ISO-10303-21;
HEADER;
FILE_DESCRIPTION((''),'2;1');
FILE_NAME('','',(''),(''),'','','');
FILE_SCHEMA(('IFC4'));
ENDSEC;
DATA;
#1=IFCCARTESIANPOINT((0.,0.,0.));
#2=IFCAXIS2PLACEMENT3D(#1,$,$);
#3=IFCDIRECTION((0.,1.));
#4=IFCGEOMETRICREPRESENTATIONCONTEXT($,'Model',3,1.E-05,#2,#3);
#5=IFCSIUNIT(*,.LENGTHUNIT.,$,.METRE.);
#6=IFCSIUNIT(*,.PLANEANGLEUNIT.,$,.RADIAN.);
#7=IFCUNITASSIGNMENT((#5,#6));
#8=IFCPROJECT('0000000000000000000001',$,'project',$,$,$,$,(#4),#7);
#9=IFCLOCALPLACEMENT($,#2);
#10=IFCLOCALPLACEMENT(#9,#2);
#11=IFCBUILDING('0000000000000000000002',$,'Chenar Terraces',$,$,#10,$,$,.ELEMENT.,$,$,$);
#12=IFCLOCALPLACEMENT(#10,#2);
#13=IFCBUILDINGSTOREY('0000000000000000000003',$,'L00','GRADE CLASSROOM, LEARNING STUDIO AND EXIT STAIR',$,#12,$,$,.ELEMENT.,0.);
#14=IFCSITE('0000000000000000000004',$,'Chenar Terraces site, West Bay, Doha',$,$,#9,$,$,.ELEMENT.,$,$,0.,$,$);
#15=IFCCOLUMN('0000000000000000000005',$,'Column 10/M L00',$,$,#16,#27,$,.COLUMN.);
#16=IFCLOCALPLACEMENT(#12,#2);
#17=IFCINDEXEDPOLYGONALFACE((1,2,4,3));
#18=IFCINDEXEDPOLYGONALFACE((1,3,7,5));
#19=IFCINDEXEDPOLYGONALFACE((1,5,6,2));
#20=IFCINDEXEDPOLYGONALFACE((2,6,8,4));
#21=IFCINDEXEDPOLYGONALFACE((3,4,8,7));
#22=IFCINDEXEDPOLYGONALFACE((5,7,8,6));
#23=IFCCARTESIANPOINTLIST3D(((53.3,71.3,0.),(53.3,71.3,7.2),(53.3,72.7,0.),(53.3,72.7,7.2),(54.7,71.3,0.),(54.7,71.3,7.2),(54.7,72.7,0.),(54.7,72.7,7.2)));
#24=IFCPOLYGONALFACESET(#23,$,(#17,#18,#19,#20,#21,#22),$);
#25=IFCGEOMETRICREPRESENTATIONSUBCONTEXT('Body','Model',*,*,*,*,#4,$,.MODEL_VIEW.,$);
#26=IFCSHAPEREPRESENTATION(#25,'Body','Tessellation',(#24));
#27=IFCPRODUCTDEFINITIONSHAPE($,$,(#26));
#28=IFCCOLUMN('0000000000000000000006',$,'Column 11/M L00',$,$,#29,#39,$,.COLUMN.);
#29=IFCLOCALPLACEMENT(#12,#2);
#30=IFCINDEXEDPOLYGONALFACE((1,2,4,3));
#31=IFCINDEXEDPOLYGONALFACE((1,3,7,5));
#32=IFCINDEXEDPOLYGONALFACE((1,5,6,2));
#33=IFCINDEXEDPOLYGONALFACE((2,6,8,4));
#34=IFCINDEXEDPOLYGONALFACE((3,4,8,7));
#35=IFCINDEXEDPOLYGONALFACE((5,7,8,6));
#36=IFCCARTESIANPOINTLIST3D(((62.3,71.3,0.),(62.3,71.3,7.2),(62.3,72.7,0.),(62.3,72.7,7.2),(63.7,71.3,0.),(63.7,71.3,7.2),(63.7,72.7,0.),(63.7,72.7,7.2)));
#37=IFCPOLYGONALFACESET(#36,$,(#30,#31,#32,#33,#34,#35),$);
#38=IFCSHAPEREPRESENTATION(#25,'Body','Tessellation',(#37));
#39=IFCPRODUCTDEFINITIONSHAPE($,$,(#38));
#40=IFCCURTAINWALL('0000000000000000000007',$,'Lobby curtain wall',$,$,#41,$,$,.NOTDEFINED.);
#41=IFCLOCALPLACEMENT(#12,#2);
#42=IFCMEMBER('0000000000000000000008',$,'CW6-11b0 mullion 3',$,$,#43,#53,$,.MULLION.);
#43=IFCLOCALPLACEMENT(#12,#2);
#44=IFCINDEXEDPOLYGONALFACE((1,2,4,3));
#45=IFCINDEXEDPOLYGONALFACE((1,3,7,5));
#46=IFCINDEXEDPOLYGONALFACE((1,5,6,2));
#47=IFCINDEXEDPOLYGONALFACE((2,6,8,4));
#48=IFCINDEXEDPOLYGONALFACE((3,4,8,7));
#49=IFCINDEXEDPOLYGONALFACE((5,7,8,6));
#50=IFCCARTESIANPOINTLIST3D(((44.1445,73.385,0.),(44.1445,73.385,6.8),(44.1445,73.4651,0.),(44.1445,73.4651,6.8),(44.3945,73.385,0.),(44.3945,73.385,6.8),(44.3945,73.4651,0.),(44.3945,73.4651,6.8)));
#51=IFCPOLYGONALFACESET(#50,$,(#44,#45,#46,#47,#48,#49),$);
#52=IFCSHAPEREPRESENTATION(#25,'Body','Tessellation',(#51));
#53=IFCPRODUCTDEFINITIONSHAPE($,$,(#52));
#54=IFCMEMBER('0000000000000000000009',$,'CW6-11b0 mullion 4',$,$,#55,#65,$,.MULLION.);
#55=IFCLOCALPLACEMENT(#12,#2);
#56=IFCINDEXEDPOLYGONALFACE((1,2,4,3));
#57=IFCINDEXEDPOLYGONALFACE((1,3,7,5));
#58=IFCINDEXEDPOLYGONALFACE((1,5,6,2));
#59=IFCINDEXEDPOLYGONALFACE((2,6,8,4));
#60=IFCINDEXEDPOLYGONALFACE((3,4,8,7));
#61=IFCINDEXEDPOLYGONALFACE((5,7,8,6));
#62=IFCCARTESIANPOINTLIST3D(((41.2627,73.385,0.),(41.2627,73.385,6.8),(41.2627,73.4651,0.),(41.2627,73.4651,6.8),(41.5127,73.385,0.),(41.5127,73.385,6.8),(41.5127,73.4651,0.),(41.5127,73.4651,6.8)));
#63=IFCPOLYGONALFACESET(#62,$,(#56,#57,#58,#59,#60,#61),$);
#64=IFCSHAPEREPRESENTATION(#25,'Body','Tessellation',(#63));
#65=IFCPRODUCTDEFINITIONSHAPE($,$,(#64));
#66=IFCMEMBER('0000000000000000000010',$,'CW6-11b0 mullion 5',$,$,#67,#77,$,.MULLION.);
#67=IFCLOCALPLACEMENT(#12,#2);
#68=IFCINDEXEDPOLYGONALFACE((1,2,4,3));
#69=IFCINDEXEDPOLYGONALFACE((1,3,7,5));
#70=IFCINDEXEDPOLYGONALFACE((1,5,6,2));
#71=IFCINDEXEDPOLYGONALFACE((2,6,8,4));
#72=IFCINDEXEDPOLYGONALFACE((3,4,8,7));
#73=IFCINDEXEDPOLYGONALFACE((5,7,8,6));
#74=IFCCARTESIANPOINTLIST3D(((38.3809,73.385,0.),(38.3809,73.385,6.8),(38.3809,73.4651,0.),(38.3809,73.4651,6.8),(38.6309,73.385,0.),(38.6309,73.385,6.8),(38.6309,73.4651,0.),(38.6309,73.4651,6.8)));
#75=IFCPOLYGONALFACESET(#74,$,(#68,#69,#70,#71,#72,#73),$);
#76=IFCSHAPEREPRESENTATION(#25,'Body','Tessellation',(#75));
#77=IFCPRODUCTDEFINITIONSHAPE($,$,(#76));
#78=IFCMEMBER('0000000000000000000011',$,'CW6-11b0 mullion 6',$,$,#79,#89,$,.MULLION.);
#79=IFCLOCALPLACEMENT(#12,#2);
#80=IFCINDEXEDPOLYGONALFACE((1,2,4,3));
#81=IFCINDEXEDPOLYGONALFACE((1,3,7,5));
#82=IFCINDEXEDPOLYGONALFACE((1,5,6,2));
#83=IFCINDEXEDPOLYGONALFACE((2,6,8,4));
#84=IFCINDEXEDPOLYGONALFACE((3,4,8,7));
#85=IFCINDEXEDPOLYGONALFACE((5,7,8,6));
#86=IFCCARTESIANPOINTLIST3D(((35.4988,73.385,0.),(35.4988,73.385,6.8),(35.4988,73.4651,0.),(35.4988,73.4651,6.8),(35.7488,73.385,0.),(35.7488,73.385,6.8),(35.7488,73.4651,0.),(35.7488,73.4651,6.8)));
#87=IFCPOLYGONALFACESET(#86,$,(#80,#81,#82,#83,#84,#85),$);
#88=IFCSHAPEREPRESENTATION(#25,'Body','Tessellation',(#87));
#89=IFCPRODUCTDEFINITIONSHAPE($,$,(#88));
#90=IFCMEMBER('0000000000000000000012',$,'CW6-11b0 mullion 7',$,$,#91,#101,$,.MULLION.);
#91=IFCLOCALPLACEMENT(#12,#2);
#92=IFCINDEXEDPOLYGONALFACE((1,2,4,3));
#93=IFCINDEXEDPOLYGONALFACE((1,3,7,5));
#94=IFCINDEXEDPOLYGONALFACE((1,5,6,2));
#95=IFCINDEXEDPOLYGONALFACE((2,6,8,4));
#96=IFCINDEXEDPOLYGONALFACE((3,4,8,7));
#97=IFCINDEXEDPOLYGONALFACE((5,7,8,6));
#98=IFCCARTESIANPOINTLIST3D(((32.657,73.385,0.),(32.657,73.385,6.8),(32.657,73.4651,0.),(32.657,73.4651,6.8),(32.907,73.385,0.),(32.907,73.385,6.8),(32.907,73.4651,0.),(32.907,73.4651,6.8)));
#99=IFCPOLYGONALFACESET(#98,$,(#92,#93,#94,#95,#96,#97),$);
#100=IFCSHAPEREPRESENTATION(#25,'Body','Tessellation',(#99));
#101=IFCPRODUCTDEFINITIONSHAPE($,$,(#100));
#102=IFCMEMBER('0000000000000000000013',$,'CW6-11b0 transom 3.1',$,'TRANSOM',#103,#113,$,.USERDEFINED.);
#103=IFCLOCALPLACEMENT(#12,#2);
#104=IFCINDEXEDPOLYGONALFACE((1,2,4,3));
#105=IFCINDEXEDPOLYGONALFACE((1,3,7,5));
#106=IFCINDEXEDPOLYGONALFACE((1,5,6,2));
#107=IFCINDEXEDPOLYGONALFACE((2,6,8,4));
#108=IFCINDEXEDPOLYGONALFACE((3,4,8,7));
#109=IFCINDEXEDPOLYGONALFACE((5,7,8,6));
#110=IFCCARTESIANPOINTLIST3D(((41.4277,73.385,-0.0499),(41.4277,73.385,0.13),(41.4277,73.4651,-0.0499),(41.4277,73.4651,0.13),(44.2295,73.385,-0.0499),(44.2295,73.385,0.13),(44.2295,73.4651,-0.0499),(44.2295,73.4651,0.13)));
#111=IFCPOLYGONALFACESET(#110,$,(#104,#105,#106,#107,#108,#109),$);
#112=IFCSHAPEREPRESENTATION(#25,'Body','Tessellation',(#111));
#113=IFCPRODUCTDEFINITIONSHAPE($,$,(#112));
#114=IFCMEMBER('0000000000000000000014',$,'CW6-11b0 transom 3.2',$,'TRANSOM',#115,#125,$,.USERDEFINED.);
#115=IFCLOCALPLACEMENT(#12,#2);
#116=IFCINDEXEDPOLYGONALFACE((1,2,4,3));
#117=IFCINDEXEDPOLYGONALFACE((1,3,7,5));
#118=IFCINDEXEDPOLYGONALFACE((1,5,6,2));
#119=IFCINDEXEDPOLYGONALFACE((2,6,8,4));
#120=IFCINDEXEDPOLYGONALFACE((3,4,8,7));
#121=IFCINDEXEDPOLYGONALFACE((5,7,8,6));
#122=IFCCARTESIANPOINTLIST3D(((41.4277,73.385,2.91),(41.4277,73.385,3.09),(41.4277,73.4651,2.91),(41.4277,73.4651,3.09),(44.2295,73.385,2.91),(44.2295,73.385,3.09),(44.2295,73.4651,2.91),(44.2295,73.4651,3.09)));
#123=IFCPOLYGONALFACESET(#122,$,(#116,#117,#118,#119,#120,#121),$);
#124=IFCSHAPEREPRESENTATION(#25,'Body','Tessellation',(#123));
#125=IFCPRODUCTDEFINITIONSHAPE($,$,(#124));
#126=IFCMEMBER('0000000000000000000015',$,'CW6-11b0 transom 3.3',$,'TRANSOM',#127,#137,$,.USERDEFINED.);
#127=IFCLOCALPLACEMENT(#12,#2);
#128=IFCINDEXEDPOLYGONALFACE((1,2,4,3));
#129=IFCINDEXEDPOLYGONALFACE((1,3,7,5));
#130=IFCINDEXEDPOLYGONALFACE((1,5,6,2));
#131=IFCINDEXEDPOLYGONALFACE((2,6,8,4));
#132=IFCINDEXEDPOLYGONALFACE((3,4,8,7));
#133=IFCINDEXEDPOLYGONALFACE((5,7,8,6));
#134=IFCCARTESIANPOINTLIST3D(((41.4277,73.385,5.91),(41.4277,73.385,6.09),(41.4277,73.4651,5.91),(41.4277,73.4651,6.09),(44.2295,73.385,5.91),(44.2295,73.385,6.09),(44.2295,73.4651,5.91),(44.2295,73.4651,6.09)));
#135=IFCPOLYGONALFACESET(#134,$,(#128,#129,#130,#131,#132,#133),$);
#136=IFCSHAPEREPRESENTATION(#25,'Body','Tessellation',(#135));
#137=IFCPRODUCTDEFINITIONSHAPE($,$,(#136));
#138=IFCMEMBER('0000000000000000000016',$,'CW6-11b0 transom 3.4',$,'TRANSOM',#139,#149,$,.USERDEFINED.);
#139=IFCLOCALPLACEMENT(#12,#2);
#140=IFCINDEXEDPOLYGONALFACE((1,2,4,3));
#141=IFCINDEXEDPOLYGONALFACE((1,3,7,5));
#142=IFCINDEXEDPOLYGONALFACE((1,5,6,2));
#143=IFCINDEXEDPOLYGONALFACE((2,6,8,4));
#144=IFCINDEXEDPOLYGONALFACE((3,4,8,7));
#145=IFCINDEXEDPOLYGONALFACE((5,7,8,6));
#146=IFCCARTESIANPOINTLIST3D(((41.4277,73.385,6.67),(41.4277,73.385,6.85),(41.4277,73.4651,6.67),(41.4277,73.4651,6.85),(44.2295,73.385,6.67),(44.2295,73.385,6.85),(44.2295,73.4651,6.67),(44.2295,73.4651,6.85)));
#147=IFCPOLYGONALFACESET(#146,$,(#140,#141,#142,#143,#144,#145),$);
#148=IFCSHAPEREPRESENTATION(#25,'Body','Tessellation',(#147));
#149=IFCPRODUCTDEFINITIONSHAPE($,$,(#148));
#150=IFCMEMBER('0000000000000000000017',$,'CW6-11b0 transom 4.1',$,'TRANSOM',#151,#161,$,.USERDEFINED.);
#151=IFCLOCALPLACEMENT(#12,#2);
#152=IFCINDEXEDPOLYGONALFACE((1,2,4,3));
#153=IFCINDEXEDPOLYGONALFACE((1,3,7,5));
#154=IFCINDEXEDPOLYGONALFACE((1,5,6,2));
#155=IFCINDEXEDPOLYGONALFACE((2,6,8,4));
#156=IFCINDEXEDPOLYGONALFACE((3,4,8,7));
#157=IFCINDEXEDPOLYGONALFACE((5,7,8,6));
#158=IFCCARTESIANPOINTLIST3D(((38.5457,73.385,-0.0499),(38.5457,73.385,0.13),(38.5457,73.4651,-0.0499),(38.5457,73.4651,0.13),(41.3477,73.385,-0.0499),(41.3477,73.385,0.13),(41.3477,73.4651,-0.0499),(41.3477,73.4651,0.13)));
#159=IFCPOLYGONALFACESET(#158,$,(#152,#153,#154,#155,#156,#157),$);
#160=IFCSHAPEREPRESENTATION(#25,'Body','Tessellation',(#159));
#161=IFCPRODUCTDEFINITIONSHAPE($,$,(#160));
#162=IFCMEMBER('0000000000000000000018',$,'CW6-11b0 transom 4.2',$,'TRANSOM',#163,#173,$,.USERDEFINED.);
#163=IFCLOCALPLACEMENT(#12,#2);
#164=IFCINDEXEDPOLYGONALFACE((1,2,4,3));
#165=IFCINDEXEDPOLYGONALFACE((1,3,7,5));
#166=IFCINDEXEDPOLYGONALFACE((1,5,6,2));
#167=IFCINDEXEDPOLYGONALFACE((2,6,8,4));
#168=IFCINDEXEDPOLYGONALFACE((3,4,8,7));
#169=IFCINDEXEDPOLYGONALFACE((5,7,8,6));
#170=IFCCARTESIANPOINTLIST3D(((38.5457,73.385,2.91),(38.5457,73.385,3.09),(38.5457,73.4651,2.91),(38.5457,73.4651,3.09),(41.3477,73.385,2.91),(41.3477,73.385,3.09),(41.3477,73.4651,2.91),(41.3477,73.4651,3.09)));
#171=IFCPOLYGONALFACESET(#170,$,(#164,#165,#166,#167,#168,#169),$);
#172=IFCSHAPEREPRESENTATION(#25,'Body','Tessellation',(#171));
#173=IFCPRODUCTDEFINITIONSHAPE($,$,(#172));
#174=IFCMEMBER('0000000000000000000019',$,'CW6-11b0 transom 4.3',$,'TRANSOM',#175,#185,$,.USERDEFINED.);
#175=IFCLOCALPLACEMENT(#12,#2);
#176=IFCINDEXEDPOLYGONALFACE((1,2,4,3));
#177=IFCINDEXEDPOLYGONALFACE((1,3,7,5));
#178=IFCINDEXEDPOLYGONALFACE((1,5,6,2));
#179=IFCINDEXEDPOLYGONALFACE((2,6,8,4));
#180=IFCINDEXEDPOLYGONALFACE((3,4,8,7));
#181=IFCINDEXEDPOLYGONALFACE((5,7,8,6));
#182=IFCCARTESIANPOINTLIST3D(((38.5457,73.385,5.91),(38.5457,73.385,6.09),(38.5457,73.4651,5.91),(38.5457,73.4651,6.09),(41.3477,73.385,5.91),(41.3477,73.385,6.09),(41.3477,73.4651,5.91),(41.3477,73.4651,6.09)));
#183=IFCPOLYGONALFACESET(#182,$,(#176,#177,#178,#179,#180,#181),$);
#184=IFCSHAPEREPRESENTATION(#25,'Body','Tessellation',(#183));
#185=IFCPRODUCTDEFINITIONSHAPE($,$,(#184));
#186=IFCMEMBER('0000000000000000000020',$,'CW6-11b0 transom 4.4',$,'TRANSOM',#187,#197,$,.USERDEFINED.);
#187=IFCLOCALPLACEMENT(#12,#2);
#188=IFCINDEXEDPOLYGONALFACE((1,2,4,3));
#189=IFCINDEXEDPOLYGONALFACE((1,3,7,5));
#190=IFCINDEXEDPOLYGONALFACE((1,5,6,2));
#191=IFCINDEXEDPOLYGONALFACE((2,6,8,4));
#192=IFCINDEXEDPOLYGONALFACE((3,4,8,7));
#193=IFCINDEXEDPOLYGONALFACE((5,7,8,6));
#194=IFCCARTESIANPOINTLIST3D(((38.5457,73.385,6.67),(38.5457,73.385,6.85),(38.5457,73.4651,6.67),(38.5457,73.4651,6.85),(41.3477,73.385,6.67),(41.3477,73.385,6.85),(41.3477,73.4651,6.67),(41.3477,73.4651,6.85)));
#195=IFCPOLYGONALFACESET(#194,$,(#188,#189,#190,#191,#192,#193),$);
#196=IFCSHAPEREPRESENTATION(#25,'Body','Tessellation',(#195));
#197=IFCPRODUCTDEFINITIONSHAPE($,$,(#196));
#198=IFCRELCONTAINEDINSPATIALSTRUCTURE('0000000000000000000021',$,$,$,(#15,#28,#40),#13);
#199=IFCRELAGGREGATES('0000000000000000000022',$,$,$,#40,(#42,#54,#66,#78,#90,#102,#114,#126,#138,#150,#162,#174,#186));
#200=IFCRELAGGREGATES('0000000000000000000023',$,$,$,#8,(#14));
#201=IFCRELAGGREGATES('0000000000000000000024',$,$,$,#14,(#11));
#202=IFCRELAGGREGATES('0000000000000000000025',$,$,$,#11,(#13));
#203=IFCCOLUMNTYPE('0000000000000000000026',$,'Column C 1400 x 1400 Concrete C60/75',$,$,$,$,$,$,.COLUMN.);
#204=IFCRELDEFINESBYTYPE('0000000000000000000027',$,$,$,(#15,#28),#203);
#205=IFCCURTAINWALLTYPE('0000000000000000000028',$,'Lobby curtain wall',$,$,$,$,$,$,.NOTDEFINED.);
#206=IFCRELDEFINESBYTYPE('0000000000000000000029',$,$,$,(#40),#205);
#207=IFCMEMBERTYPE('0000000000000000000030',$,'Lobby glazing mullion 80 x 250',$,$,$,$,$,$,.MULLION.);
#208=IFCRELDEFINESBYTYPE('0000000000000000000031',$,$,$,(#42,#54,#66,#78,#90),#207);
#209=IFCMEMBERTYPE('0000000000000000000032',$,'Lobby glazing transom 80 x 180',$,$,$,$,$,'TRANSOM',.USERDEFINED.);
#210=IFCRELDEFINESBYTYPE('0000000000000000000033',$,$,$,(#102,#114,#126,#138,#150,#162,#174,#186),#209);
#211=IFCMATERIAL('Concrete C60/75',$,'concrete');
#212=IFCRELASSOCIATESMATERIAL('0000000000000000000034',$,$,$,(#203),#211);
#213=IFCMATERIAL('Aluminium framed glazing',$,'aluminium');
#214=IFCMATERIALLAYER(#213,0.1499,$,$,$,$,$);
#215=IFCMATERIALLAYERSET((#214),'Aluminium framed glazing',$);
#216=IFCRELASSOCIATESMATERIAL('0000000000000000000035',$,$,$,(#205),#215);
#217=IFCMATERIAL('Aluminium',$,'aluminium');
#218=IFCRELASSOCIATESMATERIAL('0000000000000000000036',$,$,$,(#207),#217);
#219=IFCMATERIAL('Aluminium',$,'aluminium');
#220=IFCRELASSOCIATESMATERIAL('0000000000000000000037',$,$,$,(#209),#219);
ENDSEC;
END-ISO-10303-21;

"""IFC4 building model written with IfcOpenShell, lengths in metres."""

from ifc_helpers import new_model, si_unit, direction, frame, origin, origin_2d, place, context, subcontext, project, spatial, rectangle, extrude, material, layer, layer_set, material_profile, profile_set, type_object, element, aggregate, save


model = new_model("IFC4")

# Units and contexts
model_context = context("Model", 3, precision=1e-05, world=origin(), true_north=direction((0.0, 1.0)))
body_context = subcontext(model_context, "Body", "Model", "MODEL_VIEW")
ifc_project = project(units=[si_unit("LENGTHUNIT", "METRE"), si_unit("PLANEANGLEUNIT", "RADIAN")], contexts=[model_context])

# Site, building, storey
site_placement = place(None, origin())
site = spatial("IfcSite", under=ifc_project, at=site_placement, Name="Chenar Terraces site, West Bay, Doha", CompositionType="ELEMENT", RefElevation=0.0)
building_placement = place(site_placement, origin())
building = spatial("IfcBuilding", under=site, at=building_placement, Name="Chenar Terraces", CompositionType="ELEMENT")
storey_placement = place(building_placement, origin())
storey = spatial("IfcBuildingStorey", under=building, at=storey_placement, Name="L00", Description="GRADE CLASSROOM, LEARNING STUDIO AND EXIT STAIR", CompositionType="ELEMENT", Elevation=0.0)

# Columns
ifc_material_1 = material(Name="Concrete C60/75", Category="concrete")
ifc_material_profile_1 = material_profile(ifc_material_1, rectangle(XDim=1.3999, YDim=1.3999, at=origin_2d()), Name="C 1400 x 1400")
ifc_profile_set_1 = profile_set([ifc_material_profile_1], Name="Concrete C60/75")
column_type = type_object("IfcColumnType", Name="Column C 1400 x 1400 Concrete C60/75", PredefinedType="COLUMN", material=ifc_profile_set_1)
for number, where, z_axis, x_axis, name in (
    (1, (54.0, 72.0, 0.0), (0.0, 0.0, 1.0), (1.0, 0.0, 0.0), "Column 10/M L00"),
    (2, (63.0, 72.0, 0.0), (0.0, 0.0, 1.0), (1.0, 0.0, 0.0), "Column 11/M L00"),
):
    element("IfcColumn", number, at=place(storey_placement, frame(where, z_axis=z_axis, x_axis=x_axis)), inside=storey, type_object=column_type, Name=name, PredefinedType="COLUMN", context=body_context, shape_type="SweptSolid", body=[
        extrude(rectangle(XDim=1.3999, YDim=1.3999, at=origin_2d()), origin(), (0.0, 0.0, 1.0), 7.2),
    ])

# Curtain wall, members
ifc_material_2 = material(Name="Aluminium framed glazing", Category="aluminium")
ifc_layer_1 = layer(ifc_material_2, 0.1499)
ifc_layer_set_1 = layer_set([ifc_layer_1], Name="Aluminium framed glazing")
curtain_wall_type = type_object("IfcCurtainWallType", Name="Lobby curtain wall", PredefinedType="NOTDEFINED", material=ifc_layer_set_1)
curtain_wall_placement = place(storey_placement, origin())
curtain_wall = element("IfcCurtainWall", 3, at=curtain_wall_placement, inside=storey, type_object=curtain_wall_type, Name="Lobby curtain wall", PredefinedType="NOTDEFINED")
ifc_material_3 = material(Name="Aluminium", Category="aluminium")
ifc_material_profile_2 = material_profile(ifc_material_3, rectangle(XDim=0.0801, YDim=0.25, at=origin_2d()), Name="Lobby glazing mullion 80 x 250")
ifc_profile_set_2 = profile_set([ifc_material_profile_2], Name="Aluminium")
member_type_1 = type_object("IfcMemberType", Name="Lobby glazing mullion 80 x 250", PredefinedType="MULLION", material=ifc_profile_set_2)
member_1_placement = place(storey_placement, frame((44.2695, 73.425, 0.0), z_axis=(0.0, 0.0, 1.0), x_axis=(0.0, -1.0, 0.0)))
member_1 = element("IfcMember", 4, at=member_1_placement, type_object=member_type_1, Name="CW6-11b0 mullion 3", PredefinedType="MULLION", context=body_context, shape_type="SweptSolid", body=[
    extrude(rectangle(XDim=0.0801, YDim=0.25, at=origin_2d()), origin(), (0.0, 0.0, 1.0), 6.8),
])
member_2_placement = place(storey_placement, frame((41.3877, 73.425, 0.0), z_axis=(0.0, 0.0, 1.0), x_axis=(0.0, -1.0, 0.0)))
member_2 = element("IfcMember", 5, at=member_2_placement, type_object=member_type_1, Name="CW6-11b0 mullion 4", PredefinedType="MULLION", context=body_context, shape_type="SweptSolid", body=[
    extrude(rectangle(XDim=0.0801, YDim=0.25, at=origin_2d()), origin(), (0.0, 0.0, 1.0), 6.8),
])
member_3_placement = place(storey_placement, frame((38.5059, 73.425, 0.0), z_axis=(0.0, 0.0, 1.0), x_axis=(0.0, -1.0, 0.0)))
member_3 = element("IfcMember", 6, at=member_3_placement, type_object=member_type_1, Name="CW6-11b0 mullion 5", PredefinedType="MULLION", context=body_context, shape_type="SweptSolid", body=[
    extrude(rectangle(XDim=0.0801, YDim=0.25, at=origin_2d()), origin(), (0.0, 0.0, 1.0), 6.8),
])
member_4_placement = place(storey_placement, frame((35.6238, 73.425, 0.0), z_axis=(0.0, 0.0, 1.0), x_axis=(0.0, -1.0, 0.0)))
member_4 = element("IfcMember", 7, at=member_4_placement, type_object=member_type_1, Name="CW6-11b0 mullion 6", PredefinedType="MULLION", context=body_context, shape_type="SweptSolid", body=[
    extrude(rectangle(XDim=0.0801, YDim=0.25, at=origin_2d()), origin(), (0.0, 0.0, 1.0), 6.8),
])
member_5_placement = place(storey_placement, frame((32.782, 73.425, 0.0), z_axis=(0.0, 0.0, 1.0), x_axis=(0.0, -1.0, 0.0)))
member_5 = element("IfcMember", 8, at=member_5_placement, type_object=member_type_1, Name="CW6-11b0 mullion 7", PredefinedType="MULLION", context=body_context, shape_type="SweptSolid", body=[
    extrude(rectangle(XDim=0.0801, YDim=0.25, at=origin_2d()), origin(), (0.0, 0.0, 1.0), 6.8),
])
ifc_material_4 = material(Name="Aluminium", Category="aluminium")
ifc_material_profile_3 = material_profile(ifc_material_4, rectangle(XDim=0.0801, YDim=0.1799, at=origin_2d()), Name="Lobby glazing transom 80 x 180")
ifc_profile_set_3 = profile_set([ifc_material_profile_3], Name="Aluminium")
member_type_2 = type_object("IfcMemberType", Name="Lobby glazing transom 80 x 180", ElementType="TRANSOM", PredefinedType="USERDEFINED", material=ifc_profile_set_3)
member_6_placement = place(storey_placement, frame((44.2295, 73.425, 0.04), z_axis=(-1.0, 0.0, 0.0), x_axis=(0.0, -1.0, 0.0)))
member_6 = element("IfcMember", 9, at=member_6_placement, type_object=member_type_2, Name="CW6-11b0 transom 3.1", ObjectType="TRANSOM", PredefinedType="USERDEFINED", context=body_context, shape_type="SweptSolid", body=[
    extrude(rectangle(XDim=0.0801, YDim=0.1799, at=origin_2d()), origin(), (0.0, 0.0, 1.0), 2.8018),
])
member_7_placement = place(storey_placement, frame((44.2295, 73.425, 3.0), z_axis=(-1.0, 0.0, 0.0), x_axis=(0.0, -1.0, 0.0)))
member_7 = element("IfcMember", 10, at=member_7_placement, type_object=member_type_2, Name="CW6-11b0 transom 3.2", ObjectType="TRANSOM", PredefinedType="USERDEFINED", context=body_context, shape_type="SweptSolid", body=[
    extrude(rectangle(XDim=0.0801, YDim=0.1799, at=origin_2d()), origin(), (0.0, 0.0, 1.0), 2.8018),
])
member_8_placement = place(storey_placement, frame((44.2295, 73.425, 6.0), z_axis=(-1.0, 0.0, 0.0), x_axis=(0.0, -1.0, 0.0)))
member_8 = element("IfcMember", 11, at=member_8_placement, type_object=member_type_2, Name="CW6-11b0 transom 3.3", ObjectType="TRANSOM", PredefinedType="USERDEFINED", context=body_context, shape_type="SweptSolid", body=[
    extrude(rectangle(XDim=0.0801, YDim=0.1799, at=origin_2d()), origin(), (0.0, 0.0, 1.0), 2.8018),
])
member_9_placement = place(storey_placement, frame((44.2295, 73.425, 6.76), z_axis=(-1.0, 0.0, 0.0), x_axis=(0.0, -1.0, 0.0)))
member_9 = element("IfcMember", 12, at=member_9_placement, type_object=member_type_2, Name="CW6-11b0 transom 3.4", ObjectType="TRANSOM", PredefinedType="USERDEFINED", context=body_context, shape_type="SweptSolid", body=[
    extrude(rectangle(XDim=0.0801, YDim=0.1799, at=origin_2d()), origin(), (0.0, 0.0, 1.0), 2.8018),
])
member_10_placement = place(storey_placement, frame((41.3477, 73.425, 0.04), z_axis=(-1.0, 0.0, 0.0), x_axis=(0.0, -1.0, 0.0)))
member_10 = element("IfcMember", 13, at=member_10_placement, type_object=member_type_2, Name="CW6-11b0 transom 4.1", ObjectType="TRANSOM", PredefinedType="USERDEFINED", context=body_context, shape_type="SweptSolid", body=[
    extrude(rectangle(XDim=0.0801, YDim=0.1799, at=origin_2d()), origin(), (0.0, 0.0, 1.0), 2.802),
])
member_11_placement = place(storey_placement, frame((41.3477, 73.425, 3.0), z_axis=(-1.0, 0.0, 0.0), x_axis=(0.0, -1.0, 0.0)))
member_11 = element("IfcMember", 14, at=member_11_placement, type_object=member_type_2, Name="CW6-11b0 transom 4.2", ObjectType="TRANSOM", PredefinedType="USERDEFINED", context=body_context, shape_type="SweptSolid", body=[
    extrude(rectangle(XDim=0.0801, YDim=0.1799, at=origin_2d()), origin(), (0.0, 0.0, 1.0), 2.802),
])
member_12_placement = place(storey_placement, frame((41.3477, 73.425, 6.0), z_axis=(-1.0, 0.0, 0.0), x_axis=(0.0, -1.0, 0.0)))
member_12 = element("IfcMember", 15, at=member_12_placement, type_object=member_type_2, Name="CW6-11b0 transom 4.3", ObjectType="TRANSOM", PredefinedType="USERDEFINED", context=body_context, shape_type="SweptSolid", body=[
    extrude(rectangle(XDim=0.0801, YDim=0.1799, at=origin_2d()), origin(), (0.0, 0.0, 1.0), 2.802),
])
member_13_placement = place(storey_placement, frame((41.3477, 73.425, 6.76), z_axis=(-1.0, 0.0, 0.0), x_axis=(0.0, -1.0, 0.0)))
member_13 = element("IfcMember", 16, at=member_13_placement, type_object=member_type_2, Name="CW6-11b0 transom 4.4", ObjectType="TRANSOM", PredefinedType="USERDEFINED", context=body_context, shape_type="SweptSolid", body=[
    extrude(rectangle(XDim=0.0801, YDim=0.1799, at=origin_2d()), origin(), (0.0, 0.0, 1.0), 2.802),
])
aggregate(curtain_wall, [member_1, member_2, member_3, member_4, member_5, member_6, member_7, member_8, member_9, member_10, member_11, member_12, member_13])

save(model, "model.ifc")
